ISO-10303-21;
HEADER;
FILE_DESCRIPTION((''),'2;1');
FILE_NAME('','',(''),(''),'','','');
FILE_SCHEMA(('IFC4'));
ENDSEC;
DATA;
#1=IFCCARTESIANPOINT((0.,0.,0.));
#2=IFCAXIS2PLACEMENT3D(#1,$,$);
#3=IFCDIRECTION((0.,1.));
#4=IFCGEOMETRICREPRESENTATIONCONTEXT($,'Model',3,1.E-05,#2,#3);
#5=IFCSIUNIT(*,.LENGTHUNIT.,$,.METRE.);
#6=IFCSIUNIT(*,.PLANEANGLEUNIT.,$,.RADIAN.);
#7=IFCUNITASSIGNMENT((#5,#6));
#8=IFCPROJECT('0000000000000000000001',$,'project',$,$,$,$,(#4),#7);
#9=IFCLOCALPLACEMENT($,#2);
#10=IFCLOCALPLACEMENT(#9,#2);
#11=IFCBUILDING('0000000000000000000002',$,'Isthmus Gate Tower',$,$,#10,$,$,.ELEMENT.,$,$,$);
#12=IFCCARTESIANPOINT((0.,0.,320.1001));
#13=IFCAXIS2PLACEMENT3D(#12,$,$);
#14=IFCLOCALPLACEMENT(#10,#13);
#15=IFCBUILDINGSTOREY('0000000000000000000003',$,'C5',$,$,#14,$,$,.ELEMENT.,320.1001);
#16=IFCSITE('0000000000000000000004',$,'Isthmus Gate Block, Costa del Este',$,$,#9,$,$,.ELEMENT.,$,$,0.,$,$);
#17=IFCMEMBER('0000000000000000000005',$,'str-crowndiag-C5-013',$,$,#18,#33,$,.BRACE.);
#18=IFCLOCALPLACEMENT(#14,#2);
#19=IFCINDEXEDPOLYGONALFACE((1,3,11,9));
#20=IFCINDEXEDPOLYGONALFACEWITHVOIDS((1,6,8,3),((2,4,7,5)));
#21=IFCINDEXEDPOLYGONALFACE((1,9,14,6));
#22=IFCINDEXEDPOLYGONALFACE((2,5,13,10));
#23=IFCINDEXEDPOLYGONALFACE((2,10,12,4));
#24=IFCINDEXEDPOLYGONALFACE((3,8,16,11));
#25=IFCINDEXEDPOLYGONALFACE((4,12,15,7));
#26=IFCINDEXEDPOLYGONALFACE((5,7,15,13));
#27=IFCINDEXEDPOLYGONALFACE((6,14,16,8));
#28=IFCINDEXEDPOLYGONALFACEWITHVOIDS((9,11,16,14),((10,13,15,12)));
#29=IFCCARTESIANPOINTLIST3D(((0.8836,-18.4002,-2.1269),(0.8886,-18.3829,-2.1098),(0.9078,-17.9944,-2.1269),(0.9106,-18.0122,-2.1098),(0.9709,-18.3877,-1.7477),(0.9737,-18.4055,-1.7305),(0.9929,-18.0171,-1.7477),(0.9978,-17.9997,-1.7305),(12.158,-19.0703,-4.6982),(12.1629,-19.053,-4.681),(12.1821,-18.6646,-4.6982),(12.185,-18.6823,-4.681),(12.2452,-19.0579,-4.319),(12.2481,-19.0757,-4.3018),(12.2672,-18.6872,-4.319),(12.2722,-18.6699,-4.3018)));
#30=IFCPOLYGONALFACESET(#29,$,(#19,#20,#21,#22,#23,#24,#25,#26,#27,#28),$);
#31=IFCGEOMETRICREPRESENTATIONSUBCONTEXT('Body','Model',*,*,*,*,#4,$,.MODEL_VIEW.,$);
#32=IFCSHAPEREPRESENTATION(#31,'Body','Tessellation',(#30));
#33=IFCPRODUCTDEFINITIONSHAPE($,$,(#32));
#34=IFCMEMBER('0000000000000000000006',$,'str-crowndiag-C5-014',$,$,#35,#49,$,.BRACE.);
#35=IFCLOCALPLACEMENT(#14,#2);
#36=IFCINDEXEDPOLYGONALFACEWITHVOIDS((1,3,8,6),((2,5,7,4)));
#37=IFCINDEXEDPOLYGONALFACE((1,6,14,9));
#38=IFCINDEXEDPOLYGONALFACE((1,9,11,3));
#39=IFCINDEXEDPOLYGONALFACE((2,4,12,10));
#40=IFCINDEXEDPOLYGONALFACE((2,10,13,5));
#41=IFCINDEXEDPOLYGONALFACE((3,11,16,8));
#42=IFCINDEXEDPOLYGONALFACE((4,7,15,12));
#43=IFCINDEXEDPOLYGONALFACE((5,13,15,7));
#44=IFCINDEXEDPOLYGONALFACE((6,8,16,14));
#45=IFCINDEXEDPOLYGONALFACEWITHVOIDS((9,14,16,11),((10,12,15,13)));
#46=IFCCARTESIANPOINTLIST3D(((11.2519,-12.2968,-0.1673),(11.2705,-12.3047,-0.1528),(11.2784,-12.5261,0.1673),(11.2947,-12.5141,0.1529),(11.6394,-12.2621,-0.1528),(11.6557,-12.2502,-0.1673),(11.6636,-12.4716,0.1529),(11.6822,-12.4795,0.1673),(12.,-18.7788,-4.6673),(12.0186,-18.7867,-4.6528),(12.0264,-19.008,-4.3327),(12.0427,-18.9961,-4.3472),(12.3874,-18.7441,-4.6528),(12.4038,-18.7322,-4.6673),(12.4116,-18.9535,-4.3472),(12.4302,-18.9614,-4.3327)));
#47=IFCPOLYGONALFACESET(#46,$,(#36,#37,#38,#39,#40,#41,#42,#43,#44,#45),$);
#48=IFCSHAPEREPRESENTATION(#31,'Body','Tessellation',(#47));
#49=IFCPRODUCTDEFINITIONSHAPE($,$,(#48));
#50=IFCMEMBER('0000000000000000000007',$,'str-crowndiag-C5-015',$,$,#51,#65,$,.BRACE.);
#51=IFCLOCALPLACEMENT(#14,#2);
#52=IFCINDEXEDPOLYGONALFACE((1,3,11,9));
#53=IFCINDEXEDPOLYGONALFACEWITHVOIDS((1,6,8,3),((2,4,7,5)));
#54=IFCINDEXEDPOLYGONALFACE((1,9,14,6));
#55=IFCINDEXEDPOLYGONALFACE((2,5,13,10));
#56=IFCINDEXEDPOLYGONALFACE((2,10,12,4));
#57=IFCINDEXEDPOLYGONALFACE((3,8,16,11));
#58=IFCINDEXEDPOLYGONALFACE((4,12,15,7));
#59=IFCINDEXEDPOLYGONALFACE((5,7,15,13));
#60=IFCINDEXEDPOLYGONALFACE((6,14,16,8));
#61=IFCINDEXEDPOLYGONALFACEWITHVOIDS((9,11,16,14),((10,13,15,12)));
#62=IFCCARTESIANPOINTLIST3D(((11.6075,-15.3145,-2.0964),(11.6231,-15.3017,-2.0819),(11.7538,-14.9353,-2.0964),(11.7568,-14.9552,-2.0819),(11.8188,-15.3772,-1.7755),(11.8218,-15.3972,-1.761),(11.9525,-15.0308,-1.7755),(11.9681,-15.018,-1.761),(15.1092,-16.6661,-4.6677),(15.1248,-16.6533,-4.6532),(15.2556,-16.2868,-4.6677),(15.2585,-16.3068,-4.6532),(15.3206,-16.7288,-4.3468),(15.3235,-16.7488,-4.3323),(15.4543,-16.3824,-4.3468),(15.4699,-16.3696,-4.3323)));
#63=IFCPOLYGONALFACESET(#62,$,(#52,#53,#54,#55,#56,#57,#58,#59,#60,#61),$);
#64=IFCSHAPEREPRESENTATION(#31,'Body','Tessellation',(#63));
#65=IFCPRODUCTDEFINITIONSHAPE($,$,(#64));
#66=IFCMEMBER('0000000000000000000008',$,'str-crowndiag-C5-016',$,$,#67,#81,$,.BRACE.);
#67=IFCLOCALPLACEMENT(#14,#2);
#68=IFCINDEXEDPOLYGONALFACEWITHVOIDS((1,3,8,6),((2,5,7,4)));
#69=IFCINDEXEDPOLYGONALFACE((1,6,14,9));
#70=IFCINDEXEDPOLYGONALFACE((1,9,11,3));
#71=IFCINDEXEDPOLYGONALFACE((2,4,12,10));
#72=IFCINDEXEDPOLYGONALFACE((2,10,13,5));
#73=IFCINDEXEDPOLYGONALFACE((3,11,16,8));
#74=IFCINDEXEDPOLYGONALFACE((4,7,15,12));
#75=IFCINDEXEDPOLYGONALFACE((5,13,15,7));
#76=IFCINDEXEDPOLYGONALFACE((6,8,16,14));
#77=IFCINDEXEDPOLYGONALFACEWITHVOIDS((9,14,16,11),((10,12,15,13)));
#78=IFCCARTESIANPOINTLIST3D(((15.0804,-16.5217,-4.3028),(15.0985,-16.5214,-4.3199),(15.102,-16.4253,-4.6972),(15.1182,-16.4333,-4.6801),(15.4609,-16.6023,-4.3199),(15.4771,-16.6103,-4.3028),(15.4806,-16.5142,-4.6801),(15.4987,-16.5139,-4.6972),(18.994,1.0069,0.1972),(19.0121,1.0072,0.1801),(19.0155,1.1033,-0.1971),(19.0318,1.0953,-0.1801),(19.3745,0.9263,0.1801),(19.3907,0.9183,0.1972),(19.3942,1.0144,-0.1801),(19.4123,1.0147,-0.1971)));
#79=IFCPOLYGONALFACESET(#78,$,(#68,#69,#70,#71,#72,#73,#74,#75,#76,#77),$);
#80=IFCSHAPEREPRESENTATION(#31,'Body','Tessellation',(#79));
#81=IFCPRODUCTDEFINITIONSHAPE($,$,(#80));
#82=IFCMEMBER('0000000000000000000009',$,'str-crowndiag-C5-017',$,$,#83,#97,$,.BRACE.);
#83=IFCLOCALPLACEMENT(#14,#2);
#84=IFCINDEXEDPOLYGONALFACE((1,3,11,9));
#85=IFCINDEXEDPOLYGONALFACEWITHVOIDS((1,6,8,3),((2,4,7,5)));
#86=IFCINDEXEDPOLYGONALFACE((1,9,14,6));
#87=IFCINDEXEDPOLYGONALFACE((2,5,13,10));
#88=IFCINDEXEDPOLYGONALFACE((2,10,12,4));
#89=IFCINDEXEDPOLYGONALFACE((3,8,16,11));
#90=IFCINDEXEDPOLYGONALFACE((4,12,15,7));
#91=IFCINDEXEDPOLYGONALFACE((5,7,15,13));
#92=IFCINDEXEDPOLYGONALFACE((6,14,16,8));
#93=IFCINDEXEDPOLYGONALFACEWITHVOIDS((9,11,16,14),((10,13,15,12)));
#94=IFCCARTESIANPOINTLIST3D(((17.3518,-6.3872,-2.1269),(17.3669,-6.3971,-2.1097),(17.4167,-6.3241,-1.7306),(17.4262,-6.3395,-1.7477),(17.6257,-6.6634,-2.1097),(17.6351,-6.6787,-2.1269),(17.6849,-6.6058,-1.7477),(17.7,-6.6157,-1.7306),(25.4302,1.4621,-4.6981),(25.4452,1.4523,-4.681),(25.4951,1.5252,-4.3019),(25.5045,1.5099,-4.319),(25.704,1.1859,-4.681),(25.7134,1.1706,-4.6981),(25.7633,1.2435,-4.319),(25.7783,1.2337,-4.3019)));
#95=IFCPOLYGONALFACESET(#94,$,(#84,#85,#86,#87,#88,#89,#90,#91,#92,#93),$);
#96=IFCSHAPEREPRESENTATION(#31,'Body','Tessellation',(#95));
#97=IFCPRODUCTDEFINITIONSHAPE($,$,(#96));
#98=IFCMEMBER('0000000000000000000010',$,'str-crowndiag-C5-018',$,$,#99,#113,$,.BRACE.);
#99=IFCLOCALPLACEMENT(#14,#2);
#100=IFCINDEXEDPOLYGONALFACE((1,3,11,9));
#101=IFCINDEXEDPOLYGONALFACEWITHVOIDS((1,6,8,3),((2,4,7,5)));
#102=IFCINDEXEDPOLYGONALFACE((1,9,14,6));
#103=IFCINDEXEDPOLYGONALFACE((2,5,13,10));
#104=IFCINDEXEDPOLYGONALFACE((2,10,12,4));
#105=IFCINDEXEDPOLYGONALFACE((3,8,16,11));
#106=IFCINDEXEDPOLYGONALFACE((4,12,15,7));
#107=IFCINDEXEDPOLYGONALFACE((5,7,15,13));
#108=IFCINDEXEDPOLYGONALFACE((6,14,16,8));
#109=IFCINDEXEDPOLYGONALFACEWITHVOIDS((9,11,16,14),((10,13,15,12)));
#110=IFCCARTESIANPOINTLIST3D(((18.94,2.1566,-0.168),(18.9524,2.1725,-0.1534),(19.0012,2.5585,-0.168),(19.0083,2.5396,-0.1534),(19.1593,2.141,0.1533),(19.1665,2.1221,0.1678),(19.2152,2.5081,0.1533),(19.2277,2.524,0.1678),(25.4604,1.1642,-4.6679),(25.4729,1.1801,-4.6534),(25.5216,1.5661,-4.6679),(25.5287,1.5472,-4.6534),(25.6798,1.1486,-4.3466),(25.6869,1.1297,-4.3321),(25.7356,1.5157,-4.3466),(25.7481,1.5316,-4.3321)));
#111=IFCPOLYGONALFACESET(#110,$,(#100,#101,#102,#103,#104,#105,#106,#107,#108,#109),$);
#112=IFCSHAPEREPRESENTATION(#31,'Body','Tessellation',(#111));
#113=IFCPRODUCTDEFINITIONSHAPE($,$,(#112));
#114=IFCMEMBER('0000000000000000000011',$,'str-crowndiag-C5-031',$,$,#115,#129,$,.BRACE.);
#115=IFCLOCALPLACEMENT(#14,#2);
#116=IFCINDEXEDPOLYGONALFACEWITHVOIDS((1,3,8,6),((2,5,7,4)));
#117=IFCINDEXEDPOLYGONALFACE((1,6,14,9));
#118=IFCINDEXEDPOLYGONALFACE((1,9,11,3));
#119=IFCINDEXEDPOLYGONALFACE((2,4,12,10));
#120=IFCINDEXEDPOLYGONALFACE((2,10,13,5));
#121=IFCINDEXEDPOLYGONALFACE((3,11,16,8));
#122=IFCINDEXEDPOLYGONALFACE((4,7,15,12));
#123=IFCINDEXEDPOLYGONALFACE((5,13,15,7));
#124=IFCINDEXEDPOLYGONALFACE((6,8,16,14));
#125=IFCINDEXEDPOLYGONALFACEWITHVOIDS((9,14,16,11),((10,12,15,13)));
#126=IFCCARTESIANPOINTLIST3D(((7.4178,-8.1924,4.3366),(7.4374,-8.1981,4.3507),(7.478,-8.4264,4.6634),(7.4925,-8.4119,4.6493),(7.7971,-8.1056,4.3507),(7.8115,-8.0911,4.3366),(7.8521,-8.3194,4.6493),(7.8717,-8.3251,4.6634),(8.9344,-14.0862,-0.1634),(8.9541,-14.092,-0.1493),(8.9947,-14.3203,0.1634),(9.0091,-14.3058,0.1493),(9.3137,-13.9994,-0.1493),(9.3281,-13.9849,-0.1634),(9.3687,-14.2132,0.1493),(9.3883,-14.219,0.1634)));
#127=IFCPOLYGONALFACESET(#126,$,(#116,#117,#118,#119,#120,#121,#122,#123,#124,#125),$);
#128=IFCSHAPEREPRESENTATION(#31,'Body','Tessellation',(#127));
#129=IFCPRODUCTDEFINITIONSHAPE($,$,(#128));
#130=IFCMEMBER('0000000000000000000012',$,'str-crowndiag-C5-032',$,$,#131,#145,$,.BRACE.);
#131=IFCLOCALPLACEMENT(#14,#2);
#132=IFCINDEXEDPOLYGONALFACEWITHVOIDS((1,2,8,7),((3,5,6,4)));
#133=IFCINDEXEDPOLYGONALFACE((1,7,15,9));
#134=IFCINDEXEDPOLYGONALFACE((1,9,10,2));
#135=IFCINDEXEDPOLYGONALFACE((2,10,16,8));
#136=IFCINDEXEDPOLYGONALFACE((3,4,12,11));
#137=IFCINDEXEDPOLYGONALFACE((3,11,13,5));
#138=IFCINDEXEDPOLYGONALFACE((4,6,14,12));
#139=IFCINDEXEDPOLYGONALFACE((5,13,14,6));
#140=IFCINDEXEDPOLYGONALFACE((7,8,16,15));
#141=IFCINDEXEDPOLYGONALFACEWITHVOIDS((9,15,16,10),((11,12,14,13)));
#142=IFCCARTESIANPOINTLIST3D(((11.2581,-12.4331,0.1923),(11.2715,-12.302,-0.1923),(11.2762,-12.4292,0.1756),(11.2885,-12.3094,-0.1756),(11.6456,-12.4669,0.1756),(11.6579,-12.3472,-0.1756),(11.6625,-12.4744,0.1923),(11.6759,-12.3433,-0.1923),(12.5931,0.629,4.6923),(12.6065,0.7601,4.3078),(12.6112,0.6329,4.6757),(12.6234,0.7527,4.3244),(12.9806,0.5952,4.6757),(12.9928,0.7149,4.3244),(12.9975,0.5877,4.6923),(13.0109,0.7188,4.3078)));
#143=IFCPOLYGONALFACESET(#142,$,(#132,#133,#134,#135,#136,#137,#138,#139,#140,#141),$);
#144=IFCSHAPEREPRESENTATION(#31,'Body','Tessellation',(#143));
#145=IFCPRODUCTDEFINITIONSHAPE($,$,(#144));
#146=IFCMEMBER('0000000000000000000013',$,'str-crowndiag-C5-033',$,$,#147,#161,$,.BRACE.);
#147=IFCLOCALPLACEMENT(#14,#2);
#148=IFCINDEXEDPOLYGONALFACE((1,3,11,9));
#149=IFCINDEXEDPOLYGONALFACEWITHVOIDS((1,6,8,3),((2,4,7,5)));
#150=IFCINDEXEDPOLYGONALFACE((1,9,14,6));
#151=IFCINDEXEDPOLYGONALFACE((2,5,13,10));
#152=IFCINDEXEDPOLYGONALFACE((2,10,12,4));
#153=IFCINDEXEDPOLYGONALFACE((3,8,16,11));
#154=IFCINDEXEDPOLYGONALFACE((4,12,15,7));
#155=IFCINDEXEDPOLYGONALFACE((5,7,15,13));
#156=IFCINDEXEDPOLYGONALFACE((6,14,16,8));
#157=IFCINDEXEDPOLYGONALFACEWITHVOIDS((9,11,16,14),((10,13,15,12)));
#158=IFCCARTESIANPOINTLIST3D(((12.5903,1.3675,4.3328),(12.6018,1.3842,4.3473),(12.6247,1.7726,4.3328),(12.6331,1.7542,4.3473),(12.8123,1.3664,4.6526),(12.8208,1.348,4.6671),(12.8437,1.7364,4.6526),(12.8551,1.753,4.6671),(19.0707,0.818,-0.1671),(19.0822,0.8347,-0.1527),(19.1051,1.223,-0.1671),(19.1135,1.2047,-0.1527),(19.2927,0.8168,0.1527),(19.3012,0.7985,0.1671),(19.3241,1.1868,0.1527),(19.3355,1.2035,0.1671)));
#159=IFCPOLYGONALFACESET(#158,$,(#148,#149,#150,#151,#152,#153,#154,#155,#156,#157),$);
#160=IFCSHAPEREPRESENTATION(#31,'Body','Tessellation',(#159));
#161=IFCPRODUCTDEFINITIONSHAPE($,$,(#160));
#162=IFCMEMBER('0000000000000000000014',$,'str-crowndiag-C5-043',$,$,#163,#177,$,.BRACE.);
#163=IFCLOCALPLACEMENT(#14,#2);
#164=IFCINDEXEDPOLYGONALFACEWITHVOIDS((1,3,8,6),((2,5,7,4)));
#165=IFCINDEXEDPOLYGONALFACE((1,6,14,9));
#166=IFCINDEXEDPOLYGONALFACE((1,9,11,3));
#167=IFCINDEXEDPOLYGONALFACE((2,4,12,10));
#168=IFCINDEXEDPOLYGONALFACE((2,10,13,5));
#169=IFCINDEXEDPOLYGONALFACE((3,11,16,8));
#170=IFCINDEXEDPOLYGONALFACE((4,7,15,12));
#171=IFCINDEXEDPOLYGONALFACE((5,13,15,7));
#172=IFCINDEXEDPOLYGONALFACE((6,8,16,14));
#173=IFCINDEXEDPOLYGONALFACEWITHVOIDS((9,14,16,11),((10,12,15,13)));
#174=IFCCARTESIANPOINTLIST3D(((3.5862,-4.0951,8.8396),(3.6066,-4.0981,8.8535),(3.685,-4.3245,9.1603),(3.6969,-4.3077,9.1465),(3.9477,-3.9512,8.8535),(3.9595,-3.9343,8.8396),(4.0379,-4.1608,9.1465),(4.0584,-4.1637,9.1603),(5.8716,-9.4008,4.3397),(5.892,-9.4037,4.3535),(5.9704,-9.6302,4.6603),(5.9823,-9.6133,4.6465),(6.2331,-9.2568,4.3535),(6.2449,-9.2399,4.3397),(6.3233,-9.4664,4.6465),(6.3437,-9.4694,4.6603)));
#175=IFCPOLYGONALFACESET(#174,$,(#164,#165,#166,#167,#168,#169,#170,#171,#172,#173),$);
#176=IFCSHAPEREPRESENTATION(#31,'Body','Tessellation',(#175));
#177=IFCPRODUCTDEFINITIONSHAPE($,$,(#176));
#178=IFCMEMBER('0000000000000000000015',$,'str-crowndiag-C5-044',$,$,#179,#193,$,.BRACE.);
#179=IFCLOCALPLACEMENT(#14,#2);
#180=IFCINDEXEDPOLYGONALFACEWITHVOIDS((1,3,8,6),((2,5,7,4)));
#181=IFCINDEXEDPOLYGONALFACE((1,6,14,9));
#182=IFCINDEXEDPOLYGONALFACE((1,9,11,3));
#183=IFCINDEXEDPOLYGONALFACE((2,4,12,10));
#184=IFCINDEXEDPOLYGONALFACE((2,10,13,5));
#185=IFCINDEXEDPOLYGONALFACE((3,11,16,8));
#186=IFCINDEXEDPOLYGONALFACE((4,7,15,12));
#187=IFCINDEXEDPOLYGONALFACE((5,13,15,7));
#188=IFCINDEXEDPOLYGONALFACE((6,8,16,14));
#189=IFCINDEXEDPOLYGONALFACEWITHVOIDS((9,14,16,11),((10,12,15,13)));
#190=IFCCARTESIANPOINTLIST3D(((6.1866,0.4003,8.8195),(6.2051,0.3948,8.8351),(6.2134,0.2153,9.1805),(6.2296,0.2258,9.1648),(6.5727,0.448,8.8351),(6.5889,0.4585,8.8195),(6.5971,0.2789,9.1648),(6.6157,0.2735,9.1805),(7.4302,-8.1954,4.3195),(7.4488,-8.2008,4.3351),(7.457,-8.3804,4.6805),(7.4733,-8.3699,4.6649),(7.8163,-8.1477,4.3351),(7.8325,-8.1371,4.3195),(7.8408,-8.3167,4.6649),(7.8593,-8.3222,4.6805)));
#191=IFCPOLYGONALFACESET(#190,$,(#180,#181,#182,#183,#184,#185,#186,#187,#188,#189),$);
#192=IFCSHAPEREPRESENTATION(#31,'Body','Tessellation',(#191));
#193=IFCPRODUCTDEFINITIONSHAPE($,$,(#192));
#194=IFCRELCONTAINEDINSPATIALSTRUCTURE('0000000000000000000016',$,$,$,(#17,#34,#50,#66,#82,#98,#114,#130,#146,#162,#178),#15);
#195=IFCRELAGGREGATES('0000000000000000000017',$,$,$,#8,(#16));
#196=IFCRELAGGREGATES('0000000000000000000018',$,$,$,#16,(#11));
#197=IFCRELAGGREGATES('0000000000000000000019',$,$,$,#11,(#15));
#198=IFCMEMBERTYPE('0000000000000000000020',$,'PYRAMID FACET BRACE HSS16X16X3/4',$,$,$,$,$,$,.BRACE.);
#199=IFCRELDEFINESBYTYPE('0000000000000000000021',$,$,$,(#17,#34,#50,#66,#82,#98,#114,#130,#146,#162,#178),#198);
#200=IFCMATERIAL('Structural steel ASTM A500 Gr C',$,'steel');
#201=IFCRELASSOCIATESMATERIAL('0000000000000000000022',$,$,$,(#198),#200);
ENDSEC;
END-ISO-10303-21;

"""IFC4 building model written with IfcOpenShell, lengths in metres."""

from ifc_helpers import new_model, si_unit, direction, frame, origin, origin_2d, place, context, subcontext, project, spatial, hollow_rectangle, extrude, material, material_profile, profile_set, type_object, element, save


model = new_model("IFC4")

# Units and contexts
model_context = context("Model", 3, precision=1e-05, world=origin(), true_north=direction((0.0, 1.0)))
body_context = subcontext(model_context, "Body", "Model", "MODEL_VIEW")
ifc_project = project(units=[si_unit("LENGTHUNIT", "METRE"), si_unit("PLANEANGLEUNIT", "RADIAN")], contexts=[model_context])

# Site, building, storey
site_placement = place(None, origin())
site = spatial("IfcSite", under=ifc_project, at=site_placement, Name="Isthmus Gate Block, Costa del Este", CompositionType="ELEMENT", RefElevation=0.0)
building_placement = place(site_placement, origin())
building = spatial("IfcBuilding", under=site, at=building_placement, Name="Isthmus Gate Tower", CompositionType="ELEMENT")
storey_placement = place(building_placement, frame((0.0, 0.0, 320.1001)))
storey = spatial("IfcBuildingStorey", under=building, at=storey_placement, Name="C5", CompositionType="ELEMENT", Elevation=320.1001)

# Members
ifc_material_1 = material(Name="Structural steel ASTM A500 Gr C", Category="steel")
ifc_material_profile_1 = material_profile(ifc_material_1, hollow_rectangle(XDim=0.4065, YDim=0.4065, WallThickness=0.0176, at=origin_2d()), Name="HSS16X16X3/4")
ifc_profile_set_1 = profile_set([ifc_material_profile_1], Name="Structural steel ASTM A500 Gr C")
member_type = type_object("IfcMemberType", Name="PYRAMID FACET BRACE HSS16X16X3/4", PredefinedType="BRACE", material=ifc_profile_set_1)
member_1_placement = place(storey_placement, frame((12.2151, -18.8701, -4.5), z_axis=(-0.973333, 0.057856, 0.221982), x_axis=(-0.059337, -0.998238, 0.0)))
element("IfcMember", 1, at=member_1_placement, inside=storey, type_object=member_type, Name="str-crowndiag-C5-013", PredefinedType="BRACE", context=body_context, shape_type="SweptSolid", body=[
    extrude(hollow_rectangle(XDim=0.4065, YDim=0.4065, WallThickness=0.0176, at=origin_2d()), origin(), (0.0, 0.0, 1.0), 11.5833),
])
member_2_placement = place(storey_placement, frame((12.2151, -18.8701, -4.5), z_axis=(-0.094376, 0.817783, 0.567736), x_axis=(-0.993407, -0.114644, 0.0)))
element("IfcMember", 2, at=member_2_placement, inside=storey, type_object=member_type, Name="str-crowndiag-C5-014", PredefinedType="BRACE", context=body_context, shape_type="SweptSolid", body=[
    extrude(hollow_rectangle(XDim=0.4065, YDim=0.4065, WallThickness=0.0176, at=origin_2d()), origin(), (0.0, 0.0, 1.0), 7.9263),
])
member_3_placement = place(storey_placement, frame((15.2896, -16.5178, -4.5), z_axis=(-0.769649, 0.297063, 0.56515), x_axis=(-0.360082, -0.932921, 0.0)))
element("IfcMember", 3, at=member_3_placement, inside=storey, type_object=member_type, Name="str-crowndiag-C5-015", PredefinedType="BRACE", context=body_context, shape_type="SweptSolid", body=[
    extrude(hollow_rectangle(XDim=0.4065, YDim=0.4065, WallThickness=0.0176, at=origin_2d()), origin(), (0.0, 0.0, 1.0), 4.5498),
])
member_4_placement = place(storey_placement, frame((15.2896, -16.5178, -4.5), z_axis=(0.21137, 0.946707, 0.243042), x_axis=(-0.97597, 0.217903, 0.0)))
element("IfcMember", 4, at=member_4_placement, inside=storey, type_object=member_type, Name="str-crowndiag-C5-016", PredefinedType="BRACE", context=body_context, shape_type="SweptSolid", body=[
    extrude(hollow_rectangle(XDim=0.4065, YDim=0.4065, WallThickness=0.0176, at=origin_2d()), origin(), (0.0, 0.0, 1.0), 18.5154),
])
member_5_placement = place(storey_placement, frame((25.6042, 1.3479, -4.5), z_axis=(-0.699212, -0.679391, 0.222554), x_axis=(0.696868, -0.717199, 0.0)))
element("IfcMember", 5, at=member_5_placement, inside=storey, type_object=member_type, Name="str-crowndiag-C5-017", PredefinedType="BRACE", context=body_context, shape_type="SweptSolid", body=[
    extrude(hollow_rectangle(XDim=0.4065, YDim=0.4065, WallThickness=0.0176, at=origin_2d()), origin(), (0.0, 0.0, 1.0), 11.5535),
])
member_6_placement = place(storey_placement, frame((25.6042, 1.3479, -4.5), z_axis=(-0.816648, 0.124295, 0.563593), x_axis=(-0.150469, -0.988615, 0.0)))
element("IfcMember", 6, at=member_6_placement, inside=storey, type_object=member_type, Name="str-crowndiag-C5-018", PredefinedType="BRACE", context=body_context, shape_type="SweptSolid", body=[
    extrude(hollow_rectangle(XDim=0.4065, YDim=0.4065, WallThickness=0.0176, at=origin_2d()), origin(), (0.0, 0.0, 1.0), 7.9844),
])
member_7_placement = place(storey_placement, frame((9.1614, -14.1526, 0.0), z_axis=(-0.200375, 0.778695, 0.594545), x_axis=(-0.968451, -0.249203, 0.0)))
element("IfcMember", 7, at=member_7_placement, inside=storey, type_object=member_type, Name="str-crowndiag-C5-031", PredefinedType="BRACE", context=body_context, shape_type="SweptSolid", body=[
    extrude(hollow_rectangle(XDim=0.4065, YDim=0.4065, WallThickness=0.0176, at=origin_2d()), origin(), (0.0, 0.0, 1.0), 7.5688),
])
member_8_placement = place(storey_placement, frame((11.467, -12.3882, 0.0), z_axis=(0.09618, 0.941082, 0.324213), x_axis=(-0.994818, 0.101672, 0.0)))
element("IfcMember", 8, at=member_8_placement, inside=storey, type_object=member_type, Name="str-crowndiag-C5-032", PredefinedType="BRACE", context=body_context, shape_type="SweptSolid", body=[
    extrude(hollow_rectangle(XDim=0.4065, YDim=0.4065, WallThickness=0.0176, at=origin_2d()), origin(), (0.0, 0.0, 1.0), 13.8799),
])
member_9_placement = place(storey_placement, frame((19.2031, 1.0107, 0.0), z_axis=(-0.819404, 0.069488, 0.568989), x_axis=(-0.084499, -0.996424, 0.0)))
element("IfcMember", 9, at=member_9_placement, inside=storey, type_object=member_type, Name="str-crowndiag-C5-033", PredefinedType="BRACE", context=body_context, shape_type="SweptSolid", body=[
    extrude(hollow_rectangle(XDim=0.4065, YDim=0.4065, WallThickness=0.0176, at=origin_2d()), origin(), (0.0, 0.0, 1.0), 7.9087),
])
member_10_placement = place(storey_placement, frame((6.1077, -9.4351, 4.5), z_axis=(-0.312095, 0.724542, 0.614521), x_axis=(-0.91842, -0.395607, 0.0)))
element("IfcMember", 10, at=member_10_placement, inside=storey, type_object=member_type, Name="str-crowndiag-C5-043", PredefinedType="BRACE", context=body_context, shape_type="SweptSolid", body=[
    extrude(hollow_rectangle(XDim=0.4065, YDim=0.4065, WallThickness=0.0176, at=origin_2d()), origin(), (0.0, 0.0, 1.0), 7.3228),
])
member_11_placement = place(storey_placement, frame((7.6448, -8.2588, 4.5), z_axis=(-0.12714, 0.878748, 0.46004), x_axis=(-0.989695, -0.143192, 0.0)))
element("IfcMember", 11, at=member_11_placement, inside=storey, type_object=member_type, Name="str-crowndiag-C5-044", PredefinedType="BRACE", context=body_context, shape_type="SweptSolid", body=[
    extrude(hollow_rectangle(XDim=0.4065, YDim=0.4065, WallThickness=0.0176, at=origin_2d()), origin(), (0.0, 0.0, 1.0), 9.7817),
])

save(model, "model.ifc")
